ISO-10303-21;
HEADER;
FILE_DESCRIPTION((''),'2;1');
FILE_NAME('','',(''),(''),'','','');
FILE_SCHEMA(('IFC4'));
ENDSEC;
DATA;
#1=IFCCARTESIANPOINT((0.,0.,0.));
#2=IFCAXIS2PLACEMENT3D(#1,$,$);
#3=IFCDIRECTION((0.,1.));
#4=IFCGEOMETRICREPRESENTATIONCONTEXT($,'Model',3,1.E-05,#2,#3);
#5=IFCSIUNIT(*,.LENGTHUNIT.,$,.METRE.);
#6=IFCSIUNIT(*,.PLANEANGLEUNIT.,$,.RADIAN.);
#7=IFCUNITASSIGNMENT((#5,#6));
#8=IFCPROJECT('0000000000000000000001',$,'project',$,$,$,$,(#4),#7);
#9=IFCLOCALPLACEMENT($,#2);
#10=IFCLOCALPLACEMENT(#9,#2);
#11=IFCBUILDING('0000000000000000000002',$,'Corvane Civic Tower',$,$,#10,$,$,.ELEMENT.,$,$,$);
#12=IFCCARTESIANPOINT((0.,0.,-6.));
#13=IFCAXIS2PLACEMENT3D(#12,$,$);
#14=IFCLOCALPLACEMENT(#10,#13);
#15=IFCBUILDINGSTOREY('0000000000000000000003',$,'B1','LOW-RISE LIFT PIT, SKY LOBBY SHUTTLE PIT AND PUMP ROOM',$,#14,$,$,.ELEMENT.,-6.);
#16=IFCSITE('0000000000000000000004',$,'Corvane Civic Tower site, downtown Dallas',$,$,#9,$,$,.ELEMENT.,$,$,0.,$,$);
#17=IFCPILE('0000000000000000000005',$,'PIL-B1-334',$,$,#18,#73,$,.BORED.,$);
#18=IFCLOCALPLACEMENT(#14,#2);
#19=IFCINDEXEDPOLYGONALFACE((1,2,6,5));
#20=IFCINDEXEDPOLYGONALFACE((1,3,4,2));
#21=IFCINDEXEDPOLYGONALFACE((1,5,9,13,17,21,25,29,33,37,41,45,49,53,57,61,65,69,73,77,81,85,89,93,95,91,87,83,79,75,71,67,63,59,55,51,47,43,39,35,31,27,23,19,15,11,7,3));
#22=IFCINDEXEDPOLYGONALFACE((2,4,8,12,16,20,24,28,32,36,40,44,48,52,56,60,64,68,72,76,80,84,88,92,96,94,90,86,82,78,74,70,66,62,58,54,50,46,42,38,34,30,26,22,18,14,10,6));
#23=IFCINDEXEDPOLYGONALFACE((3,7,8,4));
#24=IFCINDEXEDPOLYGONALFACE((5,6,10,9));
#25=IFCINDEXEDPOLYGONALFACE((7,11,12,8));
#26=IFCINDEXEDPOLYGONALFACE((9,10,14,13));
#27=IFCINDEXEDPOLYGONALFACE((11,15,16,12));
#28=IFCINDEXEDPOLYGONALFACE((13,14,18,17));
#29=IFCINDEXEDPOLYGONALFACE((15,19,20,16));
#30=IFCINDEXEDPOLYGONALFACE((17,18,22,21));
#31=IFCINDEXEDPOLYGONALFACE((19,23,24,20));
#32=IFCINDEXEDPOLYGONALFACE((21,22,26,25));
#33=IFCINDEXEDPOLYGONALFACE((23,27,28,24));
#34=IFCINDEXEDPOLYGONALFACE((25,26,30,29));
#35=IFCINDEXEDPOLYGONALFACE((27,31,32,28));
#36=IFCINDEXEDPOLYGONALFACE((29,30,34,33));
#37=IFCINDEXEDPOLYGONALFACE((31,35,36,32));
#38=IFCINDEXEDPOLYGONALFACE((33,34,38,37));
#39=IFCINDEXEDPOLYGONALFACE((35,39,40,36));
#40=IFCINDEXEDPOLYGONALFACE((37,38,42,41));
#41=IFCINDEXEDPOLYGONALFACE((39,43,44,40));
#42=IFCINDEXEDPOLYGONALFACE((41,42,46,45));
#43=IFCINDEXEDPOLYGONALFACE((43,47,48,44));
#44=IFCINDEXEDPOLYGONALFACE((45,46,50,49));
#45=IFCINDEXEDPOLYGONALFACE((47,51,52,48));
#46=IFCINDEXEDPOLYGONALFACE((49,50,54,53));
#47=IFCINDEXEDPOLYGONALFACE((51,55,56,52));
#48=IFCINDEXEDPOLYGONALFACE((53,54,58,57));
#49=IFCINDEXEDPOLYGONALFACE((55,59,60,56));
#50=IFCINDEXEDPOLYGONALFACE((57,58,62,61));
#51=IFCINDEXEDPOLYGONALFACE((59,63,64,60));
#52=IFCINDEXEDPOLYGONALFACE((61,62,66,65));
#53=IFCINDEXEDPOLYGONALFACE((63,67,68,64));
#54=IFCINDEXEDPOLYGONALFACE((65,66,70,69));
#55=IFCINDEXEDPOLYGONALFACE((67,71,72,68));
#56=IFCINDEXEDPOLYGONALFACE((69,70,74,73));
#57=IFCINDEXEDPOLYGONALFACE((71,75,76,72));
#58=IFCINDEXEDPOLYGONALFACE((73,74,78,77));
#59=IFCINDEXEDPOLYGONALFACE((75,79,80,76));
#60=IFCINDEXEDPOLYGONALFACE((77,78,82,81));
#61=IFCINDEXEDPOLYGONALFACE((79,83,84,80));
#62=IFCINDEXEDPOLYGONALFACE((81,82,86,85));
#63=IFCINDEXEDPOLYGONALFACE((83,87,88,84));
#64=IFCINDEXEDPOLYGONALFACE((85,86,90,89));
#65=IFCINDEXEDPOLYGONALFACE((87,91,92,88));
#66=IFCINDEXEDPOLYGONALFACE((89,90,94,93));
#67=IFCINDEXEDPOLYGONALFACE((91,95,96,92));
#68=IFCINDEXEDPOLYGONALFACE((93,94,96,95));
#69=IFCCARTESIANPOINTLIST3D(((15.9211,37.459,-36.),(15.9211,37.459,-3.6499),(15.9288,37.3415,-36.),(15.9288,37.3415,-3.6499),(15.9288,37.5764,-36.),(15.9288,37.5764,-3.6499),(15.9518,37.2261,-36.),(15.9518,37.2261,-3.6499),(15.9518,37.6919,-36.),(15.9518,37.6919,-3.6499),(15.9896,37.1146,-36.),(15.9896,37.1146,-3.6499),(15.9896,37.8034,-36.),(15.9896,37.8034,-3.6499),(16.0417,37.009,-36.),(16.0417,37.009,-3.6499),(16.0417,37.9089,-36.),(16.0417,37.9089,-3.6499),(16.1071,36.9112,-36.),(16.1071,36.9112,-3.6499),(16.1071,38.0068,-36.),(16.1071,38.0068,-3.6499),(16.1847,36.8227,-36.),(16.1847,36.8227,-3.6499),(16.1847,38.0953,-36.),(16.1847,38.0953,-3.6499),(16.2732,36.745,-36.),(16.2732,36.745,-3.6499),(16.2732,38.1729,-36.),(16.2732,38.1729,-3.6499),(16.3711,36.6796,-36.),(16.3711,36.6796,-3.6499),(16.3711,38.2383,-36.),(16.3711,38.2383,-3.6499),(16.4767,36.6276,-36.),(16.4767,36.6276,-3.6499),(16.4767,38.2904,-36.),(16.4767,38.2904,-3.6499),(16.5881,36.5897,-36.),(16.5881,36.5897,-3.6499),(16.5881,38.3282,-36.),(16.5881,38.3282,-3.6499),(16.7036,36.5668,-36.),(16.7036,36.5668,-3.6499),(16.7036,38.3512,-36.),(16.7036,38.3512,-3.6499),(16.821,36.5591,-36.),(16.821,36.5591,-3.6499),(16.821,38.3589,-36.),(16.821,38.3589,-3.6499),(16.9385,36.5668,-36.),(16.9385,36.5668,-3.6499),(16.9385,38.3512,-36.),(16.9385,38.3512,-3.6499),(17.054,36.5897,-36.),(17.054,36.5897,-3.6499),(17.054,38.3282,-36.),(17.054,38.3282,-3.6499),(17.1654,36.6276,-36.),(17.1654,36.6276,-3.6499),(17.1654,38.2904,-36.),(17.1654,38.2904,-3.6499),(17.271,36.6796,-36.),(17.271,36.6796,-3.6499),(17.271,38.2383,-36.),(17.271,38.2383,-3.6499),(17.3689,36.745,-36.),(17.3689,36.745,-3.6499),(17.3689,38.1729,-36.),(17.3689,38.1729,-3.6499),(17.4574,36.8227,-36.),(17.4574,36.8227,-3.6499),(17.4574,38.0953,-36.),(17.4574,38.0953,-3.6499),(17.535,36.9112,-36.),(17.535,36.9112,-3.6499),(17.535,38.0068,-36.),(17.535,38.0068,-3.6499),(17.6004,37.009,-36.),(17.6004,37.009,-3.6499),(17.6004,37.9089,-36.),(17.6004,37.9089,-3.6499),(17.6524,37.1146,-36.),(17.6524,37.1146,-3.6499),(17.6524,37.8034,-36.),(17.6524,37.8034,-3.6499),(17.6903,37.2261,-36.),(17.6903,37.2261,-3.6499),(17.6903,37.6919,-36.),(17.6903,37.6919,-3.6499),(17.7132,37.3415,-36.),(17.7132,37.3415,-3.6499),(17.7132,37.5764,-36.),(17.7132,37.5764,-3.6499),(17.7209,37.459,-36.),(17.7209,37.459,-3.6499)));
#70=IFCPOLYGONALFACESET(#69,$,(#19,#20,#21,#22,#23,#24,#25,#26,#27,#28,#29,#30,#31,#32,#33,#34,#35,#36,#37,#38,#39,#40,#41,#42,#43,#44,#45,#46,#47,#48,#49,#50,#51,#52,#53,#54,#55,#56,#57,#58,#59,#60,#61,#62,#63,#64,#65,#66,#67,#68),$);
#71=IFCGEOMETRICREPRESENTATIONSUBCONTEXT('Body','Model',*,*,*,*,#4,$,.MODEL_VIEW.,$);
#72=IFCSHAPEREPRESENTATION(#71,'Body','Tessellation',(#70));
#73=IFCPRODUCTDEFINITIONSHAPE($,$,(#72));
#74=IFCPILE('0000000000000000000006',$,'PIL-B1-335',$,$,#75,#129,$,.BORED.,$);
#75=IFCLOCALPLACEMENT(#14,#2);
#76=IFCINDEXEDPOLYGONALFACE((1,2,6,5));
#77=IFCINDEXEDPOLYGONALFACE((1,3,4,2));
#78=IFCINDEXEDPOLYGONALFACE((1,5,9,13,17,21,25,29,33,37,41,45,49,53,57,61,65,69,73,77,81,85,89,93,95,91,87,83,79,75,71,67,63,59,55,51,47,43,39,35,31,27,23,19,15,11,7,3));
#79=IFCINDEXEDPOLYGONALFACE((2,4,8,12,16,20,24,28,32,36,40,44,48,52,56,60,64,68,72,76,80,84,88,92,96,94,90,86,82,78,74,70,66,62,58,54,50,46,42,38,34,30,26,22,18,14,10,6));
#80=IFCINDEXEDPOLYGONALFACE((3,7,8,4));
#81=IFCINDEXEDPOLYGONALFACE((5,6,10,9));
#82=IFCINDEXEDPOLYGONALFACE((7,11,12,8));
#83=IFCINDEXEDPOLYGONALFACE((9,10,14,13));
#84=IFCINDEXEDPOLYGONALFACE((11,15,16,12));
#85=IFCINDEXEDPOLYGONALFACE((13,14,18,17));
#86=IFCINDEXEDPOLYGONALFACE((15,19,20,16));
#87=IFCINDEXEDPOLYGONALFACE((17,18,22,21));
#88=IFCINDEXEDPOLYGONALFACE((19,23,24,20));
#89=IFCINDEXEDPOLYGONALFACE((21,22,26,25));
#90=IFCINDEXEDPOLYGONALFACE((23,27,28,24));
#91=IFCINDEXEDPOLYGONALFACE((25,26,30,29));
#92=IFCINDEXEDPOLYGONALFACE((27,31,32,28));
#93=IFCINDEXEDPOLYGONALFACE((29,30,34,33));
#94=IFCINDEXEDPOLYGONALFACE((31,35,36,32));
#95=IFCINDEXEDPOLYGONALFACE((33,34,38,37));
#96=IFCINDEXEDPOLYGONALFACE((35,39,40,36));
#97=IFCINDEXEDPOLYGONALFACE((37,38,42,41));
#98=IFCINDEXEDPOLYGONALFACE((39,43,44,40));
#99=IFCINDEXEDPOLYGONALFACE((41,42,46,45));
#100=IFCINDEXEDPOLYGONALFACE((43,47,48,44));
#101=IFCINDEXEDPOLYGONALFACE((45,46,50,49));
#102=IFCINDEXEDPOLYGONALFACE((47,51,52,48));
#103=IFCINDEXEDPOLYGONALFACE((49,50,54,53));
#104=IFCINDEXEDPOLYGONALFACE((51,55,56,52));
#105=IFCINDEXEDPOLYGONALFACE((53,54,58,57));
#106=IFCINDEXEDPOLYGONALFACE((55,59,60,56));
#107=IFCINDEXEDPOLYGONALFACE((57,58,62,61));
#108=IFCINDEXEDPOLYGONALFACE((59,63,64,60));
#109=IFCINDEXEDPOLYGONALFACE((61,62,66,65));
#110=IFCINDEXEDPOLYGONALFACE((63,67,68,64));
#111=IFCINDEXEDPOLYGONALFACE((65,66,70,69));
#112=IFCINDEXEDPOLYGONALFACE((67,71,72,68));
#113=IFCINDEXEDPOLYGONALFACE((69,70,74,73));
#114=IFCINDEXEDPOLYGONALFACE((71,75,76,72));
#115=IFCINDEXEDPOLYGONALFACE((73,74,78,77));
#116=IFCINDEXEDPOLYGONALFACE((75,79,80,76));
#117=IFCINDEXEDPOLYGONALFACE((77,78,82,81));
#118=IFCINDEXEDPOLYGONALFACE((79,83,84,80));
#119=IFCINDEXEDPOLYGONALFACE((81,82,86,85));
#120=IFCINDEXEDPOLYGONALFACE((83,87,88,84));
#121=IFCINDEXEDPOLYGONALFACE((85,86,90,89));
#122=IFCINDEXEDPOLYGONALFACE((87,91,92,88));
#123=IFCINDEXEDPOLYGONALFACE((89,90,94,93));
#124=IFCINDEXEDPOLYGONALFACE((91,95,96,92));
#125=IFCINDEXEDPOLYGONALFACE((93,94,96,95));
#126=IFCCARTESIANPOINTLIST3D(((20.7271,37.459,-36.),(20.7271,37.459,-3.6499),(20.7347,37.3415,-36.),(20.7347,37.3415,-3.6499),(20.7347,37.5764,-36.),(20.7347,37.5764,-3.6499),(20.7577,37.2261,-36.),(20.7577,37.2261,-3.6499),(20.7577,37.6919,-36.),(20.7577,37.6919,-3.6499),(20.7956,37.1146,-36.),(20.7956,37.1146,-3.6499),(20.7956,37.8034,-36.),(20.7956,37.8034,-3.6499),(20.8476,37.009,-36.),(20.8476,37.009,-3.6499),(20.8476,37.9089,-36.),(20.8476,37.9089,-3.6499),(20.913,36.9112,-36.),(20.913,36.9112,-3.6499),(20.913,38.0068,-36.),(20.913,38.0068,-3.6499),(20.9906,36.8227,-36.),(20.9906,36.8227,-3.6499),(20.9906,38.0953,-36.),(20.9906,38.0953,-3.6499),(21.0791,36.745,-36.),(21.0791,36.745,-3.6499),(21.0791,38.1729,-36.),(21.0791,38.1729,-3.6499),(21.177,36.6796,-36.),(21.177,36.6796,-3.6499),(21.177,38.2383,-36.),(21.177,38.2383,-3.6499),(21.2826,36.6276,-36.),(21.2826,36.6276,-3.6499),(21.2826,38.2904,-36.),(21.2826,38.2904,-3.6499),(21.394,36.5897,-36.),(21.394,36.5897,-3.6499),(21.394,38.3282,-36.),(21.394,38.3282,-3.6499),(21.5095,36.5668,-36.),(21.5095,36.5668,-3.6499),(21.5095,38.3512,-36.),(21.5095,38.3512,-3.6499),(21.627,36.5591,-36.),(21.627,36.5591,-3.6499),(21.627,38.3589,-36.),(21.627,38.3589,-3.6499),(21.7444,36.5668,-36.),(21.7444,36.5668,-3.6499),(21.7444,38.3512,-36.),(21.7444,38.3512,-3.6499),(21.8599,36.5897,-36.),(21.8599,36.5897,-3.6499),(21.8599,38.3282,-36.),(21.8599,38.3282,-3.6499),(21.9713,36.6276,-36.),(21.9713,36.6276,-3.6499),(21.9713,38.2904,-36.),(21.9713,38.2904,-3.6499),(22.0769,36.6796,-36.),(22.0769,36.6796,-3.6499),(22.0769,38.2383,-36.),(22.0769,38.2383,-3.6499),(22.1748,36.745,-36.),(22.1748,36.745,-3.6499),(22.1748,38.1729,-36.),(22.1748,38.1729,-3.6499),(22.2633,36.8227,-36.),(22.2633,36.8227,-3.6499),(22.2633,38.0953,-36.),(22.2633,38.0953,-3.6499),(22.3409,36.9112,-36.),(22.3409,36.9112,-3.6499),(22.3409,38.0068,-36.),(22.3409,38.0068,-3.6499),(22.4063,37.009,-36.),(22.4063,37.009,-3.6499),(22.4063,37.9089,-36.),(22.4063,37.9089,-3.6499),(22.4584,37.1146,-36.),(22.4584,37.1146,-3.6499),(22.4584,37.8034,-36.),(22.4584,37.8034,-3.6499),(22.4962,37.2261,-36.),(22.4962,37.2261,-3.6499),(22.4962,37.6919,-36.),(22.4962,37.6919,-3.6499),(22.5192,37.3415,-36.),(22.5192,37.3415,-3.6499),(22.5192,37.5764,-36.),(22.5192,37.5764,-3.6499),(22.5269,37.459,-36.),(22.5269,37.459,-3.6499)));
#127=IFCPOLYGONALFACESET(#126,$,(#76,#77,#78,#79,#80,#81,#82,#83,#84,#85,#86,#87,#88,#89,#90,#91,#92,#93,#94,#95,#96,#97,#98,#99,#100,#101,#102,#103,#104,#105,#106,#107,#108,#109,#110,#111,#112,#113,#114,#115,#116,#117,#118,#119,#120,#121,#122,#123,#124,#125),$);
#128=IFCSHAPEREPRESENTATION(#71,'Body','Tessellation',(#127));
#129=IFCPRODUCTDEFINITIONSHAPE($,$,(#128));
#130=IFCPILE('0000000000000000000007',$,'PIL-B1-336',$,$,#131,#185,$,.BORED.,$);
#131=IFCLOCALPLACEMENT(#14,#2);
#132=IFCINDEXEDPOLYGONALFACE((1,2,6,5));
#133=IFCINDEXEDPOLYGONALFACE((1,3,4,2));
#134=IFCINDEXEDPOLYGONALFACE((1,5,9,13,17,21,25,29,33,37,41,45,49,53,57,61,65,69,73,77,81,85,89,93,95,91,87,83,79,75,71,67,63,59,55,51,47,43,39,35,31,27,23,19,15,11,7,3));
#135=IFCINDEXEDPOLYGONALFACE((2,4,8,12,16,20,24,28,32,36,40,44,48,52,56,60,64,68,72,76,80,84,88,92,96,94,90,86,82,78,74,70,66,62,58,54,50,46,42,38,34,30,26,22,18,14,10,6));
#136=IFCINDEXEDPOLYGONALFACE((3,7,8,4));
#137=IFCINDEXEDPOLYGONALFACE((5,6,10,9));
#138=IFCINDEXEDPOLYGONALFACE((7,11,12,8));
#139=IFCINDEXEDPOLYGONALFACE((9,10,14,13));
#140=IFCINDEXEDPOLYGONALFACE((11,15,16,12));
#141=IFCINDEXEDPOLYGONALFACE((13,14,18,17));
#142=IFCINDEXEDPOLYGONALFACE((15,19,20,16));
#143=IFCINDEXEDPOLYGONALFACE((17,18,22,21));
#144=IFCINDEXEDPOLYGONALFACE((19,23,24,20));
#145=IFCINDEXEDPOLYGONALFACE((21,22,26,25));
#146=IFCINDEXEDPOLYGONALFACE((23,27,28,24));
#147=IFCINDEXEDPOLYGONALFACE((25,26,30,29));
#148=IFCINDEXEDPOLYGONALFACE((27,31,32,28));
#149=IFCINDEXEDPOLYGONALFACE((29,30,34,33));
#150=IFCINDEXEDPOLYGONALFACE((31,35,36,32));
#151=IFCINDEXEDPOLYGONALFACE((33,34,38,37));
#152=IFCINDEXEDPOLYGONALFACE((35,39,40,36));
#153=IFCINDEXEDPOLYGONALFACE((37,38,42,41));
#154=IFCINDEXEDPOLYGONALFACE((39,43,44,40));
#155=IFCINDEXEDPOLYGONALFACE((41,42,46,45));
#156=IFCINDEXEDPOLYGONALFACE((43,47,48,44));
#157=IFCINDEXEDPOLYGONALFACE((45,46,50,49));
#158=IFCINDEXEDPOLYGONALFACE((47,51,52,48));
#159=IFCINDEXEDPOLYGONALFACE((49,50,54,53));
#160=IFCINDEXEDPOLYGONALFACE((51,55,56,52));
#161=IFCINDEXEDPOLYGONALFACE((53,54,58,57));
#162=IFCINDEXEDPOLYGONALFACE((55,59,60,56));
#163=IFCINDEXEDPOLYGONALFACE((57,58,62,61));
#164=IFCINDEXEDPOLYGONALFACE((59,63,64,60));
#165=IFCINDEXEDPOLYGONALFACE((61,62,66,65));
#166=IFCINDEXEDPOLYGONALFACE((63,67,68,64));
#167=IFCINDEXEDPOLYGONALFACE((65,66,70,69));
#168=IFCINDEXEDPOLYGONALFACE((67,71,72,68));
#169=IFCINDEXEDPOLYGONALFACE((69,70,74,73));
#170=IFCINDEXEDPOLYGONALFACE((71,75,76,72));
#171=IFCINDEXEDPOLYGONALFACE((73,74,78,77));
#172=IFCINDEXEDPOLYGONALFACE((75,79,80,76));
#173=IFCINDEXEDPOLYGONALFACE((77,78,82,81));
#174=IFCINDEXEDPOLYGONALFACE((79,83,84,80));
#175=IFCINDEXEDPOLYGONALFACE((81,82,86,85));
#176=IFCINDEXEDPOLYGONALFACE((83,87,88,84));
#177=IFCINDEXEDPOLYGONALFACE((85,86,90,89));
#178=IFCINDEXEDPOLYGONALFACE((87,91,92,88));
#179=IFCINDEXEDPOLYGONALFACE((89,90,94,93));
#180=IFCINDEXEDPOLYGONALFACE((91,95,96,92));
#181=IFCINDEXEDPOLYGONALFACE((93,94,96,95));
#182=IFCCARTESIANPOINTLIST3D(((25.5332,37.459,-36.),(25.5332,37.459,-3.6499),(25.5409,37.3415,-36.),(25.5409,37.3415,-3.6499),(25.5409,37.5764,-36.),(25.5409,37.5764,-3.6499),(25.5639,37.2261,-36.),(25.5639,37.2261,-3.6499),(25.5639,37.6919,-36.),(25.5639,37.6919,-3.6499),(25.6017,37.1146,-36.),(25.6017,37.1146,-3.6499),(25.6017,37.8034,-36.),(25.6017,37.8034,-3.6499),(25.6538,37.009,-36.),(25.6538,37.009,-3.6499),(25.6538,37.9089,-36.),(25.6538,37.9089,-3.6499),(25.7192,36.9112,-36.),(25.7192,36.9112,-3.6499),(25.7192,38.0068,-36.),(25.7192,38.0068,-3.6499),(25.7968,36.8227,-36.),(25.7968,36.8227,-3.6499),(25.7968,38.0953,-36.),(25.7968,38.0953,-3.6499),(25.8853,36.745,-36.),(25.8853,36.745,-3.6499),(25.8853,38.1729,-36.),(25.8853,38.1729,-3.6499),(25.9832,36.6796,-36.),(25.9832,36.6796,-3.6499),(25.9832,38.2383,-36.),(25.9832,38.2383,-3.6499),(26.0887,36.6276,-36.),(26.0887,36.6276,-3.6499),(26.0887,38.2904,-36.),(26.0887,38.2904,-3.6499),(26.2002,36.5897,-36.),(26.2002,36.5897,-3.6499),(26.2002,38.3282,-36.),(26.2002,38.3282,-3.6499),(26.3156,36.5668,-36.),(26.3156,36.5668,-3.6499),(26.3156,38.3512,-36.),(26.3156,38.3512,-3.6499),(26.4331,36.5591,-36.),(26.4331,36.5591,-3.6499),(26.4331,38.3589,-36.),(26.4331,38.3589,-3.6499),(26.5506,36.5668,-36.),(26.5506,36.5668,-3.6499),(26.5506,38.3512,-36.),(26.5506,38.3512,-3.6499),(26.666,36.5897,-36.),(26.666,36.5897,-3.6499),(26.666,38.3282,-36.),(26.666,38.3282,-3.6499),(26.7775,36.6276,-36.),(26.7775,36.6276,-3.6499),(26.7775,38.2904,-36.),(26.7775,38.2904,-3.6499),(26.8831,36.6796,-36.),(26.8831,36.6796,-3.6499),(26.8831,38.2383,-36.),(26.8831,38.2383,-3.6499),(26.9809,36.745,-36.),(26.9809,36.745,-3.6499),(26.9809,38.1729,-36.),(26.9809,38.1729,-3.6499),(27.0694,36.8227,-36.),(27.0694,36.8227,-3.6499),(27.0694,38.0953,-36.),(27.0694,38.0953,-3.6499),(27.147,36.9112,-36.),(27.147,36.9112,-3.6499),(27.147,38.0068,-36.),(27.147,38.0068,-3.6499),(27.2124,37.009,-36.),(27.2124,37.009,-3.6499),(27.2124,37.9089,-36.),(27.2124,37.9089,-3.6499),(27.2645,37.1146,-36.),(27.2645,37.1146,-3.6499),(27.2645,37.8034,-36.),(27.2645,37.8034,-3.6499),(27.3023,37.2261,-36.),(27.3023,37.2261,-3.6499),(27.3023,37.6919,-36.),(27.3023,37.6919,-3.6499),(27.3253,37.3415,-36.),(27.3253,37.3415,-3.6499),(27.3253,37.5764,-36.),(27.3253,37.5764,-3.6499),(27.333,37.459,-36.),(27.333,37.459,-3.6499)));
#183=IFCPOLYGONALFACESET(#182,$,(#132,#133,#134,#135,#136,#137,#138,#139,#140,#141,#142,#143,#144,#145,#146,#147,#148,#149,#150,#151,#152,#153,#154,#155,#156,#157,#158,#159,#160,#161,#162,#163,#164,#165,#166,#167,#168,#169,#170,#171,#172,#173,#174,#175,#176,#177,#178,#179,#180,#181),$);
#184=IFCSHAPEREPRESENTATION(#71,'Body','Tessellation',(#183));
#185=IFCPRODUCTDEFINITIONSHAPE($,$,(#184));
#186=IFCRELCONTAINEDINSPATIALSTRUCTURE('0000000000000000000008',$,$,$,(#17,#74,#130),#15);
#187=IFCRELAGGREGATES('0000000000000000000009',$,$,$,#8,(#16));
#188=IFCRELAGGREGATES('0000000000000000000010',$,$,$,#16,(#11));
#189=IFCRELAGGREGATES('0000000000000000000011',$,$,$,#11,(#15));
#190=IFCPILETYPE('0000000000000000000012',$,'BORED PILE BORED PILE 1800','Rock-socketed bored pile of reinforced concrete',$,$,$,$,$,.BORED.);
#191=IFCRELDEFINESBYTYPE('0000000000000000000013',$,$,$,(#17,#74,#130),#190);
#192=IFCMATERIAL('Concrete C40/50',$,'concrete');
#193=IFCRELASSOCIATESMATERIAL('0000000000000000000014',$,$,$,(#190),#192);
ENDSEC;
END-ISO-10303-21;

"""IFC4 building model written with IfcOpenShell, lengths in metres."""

from ifc_helpers import new_model, si_unit, direction, frame, origin, origin_2d, place, context, subcontext, project, spatial, circle, extrude, material, material_profile, profile_set, type_object, element, save


model = new_model("IFC4")

# Units and contexts
model_context = context("Model", 3, precision=1e-05, world=origin(), true_north=direction((0.0, 1.0)))
body_context = subcontext(model_context, "Body", "Model", "MODEL_VIEW")
ifc_project = project(units=[si_unit("LENGTHUNIT", "METRE"), si_unit("PLANEANGLEUNIT", "RADIAN")], contexts=[model_context])

# Site, building, storey
site_placement = place(None, origin())
site = spatial("IfcSite", under=ifc_project, at=site_placement, Name="Corvane Civic Tower site, downtown Dallas", CompositionType="ELEMENT", RefElevation=0.0)
building_placement = place(site_placement, origin())
building = spatial("IfcBuilding", under=site, at=building_placement, Name="Corvane Civic Tower", CompositionType="ELEMENT")
storey_placement = place(building_placement, frame((0.0, 0.0, -6.0)))
storey = spatial("IfcBuildingStorey", under=building, at=storey_placement, Name="B1", Description="LOW-RISE LIFT PIT, SKY LOBBY SHUTTLE PIT AND PUMP ROOM", CompositionType="ELEMENT", Elevation=-6.0)

# Piles
ifc_material_1 = material(Name="Concrete C40/50", Category="concrete")
ifc_material_profile_1 = material_profile(ifc_material_1, circle(Radius=0.8999, at=origin_2d()), Name="BORED PILE 1800")
ifc_profile_set_1 = profile_set([ifc_material_profile_1], Name="Concrete C40/50")
pile_type_1 = type_object("IfcPileType", Name="BORED PILE BORED PILE 1800", Description="Rock-socketed bored pile of reinforced concrete", PredefinedType="BORED", material=ifc_profile_set_1)
for number, where, z_axis, x_axis, name in (
    (1, (16.821, 37.459, -3.6499), (0.0, 0.0, -1.0), (1.0, 0.0, 0.0), "PIL-B1-334"),
    (2, (21.627, 37.459, -3.6499), (0.0, 0.0, -1.0), (1.0, 0.0, 0.0), "PIL-B1-335"),
    (3, (26.4331, 37.459, -3.6499), (0.0, 0.0, -1.0), (1.0, 0.0, 0.0), "PIL-B1-336"),
):
    element("IfcPile", number, at=place(storey_placement, frame(where, z_axis=z_axis, x_axis=x_axis)), inside=storey, type_object=pile_type_1, Name=name, PredefinedType="BORED", context=body_context, shape_type="SweptSolid", body=[
        extrude(circle(Radius=0.8999, at=origin_2d()), origin(), (0.0, 0.0, 1.0), 32.3501),
    ])

save(model, "model.ifc")
